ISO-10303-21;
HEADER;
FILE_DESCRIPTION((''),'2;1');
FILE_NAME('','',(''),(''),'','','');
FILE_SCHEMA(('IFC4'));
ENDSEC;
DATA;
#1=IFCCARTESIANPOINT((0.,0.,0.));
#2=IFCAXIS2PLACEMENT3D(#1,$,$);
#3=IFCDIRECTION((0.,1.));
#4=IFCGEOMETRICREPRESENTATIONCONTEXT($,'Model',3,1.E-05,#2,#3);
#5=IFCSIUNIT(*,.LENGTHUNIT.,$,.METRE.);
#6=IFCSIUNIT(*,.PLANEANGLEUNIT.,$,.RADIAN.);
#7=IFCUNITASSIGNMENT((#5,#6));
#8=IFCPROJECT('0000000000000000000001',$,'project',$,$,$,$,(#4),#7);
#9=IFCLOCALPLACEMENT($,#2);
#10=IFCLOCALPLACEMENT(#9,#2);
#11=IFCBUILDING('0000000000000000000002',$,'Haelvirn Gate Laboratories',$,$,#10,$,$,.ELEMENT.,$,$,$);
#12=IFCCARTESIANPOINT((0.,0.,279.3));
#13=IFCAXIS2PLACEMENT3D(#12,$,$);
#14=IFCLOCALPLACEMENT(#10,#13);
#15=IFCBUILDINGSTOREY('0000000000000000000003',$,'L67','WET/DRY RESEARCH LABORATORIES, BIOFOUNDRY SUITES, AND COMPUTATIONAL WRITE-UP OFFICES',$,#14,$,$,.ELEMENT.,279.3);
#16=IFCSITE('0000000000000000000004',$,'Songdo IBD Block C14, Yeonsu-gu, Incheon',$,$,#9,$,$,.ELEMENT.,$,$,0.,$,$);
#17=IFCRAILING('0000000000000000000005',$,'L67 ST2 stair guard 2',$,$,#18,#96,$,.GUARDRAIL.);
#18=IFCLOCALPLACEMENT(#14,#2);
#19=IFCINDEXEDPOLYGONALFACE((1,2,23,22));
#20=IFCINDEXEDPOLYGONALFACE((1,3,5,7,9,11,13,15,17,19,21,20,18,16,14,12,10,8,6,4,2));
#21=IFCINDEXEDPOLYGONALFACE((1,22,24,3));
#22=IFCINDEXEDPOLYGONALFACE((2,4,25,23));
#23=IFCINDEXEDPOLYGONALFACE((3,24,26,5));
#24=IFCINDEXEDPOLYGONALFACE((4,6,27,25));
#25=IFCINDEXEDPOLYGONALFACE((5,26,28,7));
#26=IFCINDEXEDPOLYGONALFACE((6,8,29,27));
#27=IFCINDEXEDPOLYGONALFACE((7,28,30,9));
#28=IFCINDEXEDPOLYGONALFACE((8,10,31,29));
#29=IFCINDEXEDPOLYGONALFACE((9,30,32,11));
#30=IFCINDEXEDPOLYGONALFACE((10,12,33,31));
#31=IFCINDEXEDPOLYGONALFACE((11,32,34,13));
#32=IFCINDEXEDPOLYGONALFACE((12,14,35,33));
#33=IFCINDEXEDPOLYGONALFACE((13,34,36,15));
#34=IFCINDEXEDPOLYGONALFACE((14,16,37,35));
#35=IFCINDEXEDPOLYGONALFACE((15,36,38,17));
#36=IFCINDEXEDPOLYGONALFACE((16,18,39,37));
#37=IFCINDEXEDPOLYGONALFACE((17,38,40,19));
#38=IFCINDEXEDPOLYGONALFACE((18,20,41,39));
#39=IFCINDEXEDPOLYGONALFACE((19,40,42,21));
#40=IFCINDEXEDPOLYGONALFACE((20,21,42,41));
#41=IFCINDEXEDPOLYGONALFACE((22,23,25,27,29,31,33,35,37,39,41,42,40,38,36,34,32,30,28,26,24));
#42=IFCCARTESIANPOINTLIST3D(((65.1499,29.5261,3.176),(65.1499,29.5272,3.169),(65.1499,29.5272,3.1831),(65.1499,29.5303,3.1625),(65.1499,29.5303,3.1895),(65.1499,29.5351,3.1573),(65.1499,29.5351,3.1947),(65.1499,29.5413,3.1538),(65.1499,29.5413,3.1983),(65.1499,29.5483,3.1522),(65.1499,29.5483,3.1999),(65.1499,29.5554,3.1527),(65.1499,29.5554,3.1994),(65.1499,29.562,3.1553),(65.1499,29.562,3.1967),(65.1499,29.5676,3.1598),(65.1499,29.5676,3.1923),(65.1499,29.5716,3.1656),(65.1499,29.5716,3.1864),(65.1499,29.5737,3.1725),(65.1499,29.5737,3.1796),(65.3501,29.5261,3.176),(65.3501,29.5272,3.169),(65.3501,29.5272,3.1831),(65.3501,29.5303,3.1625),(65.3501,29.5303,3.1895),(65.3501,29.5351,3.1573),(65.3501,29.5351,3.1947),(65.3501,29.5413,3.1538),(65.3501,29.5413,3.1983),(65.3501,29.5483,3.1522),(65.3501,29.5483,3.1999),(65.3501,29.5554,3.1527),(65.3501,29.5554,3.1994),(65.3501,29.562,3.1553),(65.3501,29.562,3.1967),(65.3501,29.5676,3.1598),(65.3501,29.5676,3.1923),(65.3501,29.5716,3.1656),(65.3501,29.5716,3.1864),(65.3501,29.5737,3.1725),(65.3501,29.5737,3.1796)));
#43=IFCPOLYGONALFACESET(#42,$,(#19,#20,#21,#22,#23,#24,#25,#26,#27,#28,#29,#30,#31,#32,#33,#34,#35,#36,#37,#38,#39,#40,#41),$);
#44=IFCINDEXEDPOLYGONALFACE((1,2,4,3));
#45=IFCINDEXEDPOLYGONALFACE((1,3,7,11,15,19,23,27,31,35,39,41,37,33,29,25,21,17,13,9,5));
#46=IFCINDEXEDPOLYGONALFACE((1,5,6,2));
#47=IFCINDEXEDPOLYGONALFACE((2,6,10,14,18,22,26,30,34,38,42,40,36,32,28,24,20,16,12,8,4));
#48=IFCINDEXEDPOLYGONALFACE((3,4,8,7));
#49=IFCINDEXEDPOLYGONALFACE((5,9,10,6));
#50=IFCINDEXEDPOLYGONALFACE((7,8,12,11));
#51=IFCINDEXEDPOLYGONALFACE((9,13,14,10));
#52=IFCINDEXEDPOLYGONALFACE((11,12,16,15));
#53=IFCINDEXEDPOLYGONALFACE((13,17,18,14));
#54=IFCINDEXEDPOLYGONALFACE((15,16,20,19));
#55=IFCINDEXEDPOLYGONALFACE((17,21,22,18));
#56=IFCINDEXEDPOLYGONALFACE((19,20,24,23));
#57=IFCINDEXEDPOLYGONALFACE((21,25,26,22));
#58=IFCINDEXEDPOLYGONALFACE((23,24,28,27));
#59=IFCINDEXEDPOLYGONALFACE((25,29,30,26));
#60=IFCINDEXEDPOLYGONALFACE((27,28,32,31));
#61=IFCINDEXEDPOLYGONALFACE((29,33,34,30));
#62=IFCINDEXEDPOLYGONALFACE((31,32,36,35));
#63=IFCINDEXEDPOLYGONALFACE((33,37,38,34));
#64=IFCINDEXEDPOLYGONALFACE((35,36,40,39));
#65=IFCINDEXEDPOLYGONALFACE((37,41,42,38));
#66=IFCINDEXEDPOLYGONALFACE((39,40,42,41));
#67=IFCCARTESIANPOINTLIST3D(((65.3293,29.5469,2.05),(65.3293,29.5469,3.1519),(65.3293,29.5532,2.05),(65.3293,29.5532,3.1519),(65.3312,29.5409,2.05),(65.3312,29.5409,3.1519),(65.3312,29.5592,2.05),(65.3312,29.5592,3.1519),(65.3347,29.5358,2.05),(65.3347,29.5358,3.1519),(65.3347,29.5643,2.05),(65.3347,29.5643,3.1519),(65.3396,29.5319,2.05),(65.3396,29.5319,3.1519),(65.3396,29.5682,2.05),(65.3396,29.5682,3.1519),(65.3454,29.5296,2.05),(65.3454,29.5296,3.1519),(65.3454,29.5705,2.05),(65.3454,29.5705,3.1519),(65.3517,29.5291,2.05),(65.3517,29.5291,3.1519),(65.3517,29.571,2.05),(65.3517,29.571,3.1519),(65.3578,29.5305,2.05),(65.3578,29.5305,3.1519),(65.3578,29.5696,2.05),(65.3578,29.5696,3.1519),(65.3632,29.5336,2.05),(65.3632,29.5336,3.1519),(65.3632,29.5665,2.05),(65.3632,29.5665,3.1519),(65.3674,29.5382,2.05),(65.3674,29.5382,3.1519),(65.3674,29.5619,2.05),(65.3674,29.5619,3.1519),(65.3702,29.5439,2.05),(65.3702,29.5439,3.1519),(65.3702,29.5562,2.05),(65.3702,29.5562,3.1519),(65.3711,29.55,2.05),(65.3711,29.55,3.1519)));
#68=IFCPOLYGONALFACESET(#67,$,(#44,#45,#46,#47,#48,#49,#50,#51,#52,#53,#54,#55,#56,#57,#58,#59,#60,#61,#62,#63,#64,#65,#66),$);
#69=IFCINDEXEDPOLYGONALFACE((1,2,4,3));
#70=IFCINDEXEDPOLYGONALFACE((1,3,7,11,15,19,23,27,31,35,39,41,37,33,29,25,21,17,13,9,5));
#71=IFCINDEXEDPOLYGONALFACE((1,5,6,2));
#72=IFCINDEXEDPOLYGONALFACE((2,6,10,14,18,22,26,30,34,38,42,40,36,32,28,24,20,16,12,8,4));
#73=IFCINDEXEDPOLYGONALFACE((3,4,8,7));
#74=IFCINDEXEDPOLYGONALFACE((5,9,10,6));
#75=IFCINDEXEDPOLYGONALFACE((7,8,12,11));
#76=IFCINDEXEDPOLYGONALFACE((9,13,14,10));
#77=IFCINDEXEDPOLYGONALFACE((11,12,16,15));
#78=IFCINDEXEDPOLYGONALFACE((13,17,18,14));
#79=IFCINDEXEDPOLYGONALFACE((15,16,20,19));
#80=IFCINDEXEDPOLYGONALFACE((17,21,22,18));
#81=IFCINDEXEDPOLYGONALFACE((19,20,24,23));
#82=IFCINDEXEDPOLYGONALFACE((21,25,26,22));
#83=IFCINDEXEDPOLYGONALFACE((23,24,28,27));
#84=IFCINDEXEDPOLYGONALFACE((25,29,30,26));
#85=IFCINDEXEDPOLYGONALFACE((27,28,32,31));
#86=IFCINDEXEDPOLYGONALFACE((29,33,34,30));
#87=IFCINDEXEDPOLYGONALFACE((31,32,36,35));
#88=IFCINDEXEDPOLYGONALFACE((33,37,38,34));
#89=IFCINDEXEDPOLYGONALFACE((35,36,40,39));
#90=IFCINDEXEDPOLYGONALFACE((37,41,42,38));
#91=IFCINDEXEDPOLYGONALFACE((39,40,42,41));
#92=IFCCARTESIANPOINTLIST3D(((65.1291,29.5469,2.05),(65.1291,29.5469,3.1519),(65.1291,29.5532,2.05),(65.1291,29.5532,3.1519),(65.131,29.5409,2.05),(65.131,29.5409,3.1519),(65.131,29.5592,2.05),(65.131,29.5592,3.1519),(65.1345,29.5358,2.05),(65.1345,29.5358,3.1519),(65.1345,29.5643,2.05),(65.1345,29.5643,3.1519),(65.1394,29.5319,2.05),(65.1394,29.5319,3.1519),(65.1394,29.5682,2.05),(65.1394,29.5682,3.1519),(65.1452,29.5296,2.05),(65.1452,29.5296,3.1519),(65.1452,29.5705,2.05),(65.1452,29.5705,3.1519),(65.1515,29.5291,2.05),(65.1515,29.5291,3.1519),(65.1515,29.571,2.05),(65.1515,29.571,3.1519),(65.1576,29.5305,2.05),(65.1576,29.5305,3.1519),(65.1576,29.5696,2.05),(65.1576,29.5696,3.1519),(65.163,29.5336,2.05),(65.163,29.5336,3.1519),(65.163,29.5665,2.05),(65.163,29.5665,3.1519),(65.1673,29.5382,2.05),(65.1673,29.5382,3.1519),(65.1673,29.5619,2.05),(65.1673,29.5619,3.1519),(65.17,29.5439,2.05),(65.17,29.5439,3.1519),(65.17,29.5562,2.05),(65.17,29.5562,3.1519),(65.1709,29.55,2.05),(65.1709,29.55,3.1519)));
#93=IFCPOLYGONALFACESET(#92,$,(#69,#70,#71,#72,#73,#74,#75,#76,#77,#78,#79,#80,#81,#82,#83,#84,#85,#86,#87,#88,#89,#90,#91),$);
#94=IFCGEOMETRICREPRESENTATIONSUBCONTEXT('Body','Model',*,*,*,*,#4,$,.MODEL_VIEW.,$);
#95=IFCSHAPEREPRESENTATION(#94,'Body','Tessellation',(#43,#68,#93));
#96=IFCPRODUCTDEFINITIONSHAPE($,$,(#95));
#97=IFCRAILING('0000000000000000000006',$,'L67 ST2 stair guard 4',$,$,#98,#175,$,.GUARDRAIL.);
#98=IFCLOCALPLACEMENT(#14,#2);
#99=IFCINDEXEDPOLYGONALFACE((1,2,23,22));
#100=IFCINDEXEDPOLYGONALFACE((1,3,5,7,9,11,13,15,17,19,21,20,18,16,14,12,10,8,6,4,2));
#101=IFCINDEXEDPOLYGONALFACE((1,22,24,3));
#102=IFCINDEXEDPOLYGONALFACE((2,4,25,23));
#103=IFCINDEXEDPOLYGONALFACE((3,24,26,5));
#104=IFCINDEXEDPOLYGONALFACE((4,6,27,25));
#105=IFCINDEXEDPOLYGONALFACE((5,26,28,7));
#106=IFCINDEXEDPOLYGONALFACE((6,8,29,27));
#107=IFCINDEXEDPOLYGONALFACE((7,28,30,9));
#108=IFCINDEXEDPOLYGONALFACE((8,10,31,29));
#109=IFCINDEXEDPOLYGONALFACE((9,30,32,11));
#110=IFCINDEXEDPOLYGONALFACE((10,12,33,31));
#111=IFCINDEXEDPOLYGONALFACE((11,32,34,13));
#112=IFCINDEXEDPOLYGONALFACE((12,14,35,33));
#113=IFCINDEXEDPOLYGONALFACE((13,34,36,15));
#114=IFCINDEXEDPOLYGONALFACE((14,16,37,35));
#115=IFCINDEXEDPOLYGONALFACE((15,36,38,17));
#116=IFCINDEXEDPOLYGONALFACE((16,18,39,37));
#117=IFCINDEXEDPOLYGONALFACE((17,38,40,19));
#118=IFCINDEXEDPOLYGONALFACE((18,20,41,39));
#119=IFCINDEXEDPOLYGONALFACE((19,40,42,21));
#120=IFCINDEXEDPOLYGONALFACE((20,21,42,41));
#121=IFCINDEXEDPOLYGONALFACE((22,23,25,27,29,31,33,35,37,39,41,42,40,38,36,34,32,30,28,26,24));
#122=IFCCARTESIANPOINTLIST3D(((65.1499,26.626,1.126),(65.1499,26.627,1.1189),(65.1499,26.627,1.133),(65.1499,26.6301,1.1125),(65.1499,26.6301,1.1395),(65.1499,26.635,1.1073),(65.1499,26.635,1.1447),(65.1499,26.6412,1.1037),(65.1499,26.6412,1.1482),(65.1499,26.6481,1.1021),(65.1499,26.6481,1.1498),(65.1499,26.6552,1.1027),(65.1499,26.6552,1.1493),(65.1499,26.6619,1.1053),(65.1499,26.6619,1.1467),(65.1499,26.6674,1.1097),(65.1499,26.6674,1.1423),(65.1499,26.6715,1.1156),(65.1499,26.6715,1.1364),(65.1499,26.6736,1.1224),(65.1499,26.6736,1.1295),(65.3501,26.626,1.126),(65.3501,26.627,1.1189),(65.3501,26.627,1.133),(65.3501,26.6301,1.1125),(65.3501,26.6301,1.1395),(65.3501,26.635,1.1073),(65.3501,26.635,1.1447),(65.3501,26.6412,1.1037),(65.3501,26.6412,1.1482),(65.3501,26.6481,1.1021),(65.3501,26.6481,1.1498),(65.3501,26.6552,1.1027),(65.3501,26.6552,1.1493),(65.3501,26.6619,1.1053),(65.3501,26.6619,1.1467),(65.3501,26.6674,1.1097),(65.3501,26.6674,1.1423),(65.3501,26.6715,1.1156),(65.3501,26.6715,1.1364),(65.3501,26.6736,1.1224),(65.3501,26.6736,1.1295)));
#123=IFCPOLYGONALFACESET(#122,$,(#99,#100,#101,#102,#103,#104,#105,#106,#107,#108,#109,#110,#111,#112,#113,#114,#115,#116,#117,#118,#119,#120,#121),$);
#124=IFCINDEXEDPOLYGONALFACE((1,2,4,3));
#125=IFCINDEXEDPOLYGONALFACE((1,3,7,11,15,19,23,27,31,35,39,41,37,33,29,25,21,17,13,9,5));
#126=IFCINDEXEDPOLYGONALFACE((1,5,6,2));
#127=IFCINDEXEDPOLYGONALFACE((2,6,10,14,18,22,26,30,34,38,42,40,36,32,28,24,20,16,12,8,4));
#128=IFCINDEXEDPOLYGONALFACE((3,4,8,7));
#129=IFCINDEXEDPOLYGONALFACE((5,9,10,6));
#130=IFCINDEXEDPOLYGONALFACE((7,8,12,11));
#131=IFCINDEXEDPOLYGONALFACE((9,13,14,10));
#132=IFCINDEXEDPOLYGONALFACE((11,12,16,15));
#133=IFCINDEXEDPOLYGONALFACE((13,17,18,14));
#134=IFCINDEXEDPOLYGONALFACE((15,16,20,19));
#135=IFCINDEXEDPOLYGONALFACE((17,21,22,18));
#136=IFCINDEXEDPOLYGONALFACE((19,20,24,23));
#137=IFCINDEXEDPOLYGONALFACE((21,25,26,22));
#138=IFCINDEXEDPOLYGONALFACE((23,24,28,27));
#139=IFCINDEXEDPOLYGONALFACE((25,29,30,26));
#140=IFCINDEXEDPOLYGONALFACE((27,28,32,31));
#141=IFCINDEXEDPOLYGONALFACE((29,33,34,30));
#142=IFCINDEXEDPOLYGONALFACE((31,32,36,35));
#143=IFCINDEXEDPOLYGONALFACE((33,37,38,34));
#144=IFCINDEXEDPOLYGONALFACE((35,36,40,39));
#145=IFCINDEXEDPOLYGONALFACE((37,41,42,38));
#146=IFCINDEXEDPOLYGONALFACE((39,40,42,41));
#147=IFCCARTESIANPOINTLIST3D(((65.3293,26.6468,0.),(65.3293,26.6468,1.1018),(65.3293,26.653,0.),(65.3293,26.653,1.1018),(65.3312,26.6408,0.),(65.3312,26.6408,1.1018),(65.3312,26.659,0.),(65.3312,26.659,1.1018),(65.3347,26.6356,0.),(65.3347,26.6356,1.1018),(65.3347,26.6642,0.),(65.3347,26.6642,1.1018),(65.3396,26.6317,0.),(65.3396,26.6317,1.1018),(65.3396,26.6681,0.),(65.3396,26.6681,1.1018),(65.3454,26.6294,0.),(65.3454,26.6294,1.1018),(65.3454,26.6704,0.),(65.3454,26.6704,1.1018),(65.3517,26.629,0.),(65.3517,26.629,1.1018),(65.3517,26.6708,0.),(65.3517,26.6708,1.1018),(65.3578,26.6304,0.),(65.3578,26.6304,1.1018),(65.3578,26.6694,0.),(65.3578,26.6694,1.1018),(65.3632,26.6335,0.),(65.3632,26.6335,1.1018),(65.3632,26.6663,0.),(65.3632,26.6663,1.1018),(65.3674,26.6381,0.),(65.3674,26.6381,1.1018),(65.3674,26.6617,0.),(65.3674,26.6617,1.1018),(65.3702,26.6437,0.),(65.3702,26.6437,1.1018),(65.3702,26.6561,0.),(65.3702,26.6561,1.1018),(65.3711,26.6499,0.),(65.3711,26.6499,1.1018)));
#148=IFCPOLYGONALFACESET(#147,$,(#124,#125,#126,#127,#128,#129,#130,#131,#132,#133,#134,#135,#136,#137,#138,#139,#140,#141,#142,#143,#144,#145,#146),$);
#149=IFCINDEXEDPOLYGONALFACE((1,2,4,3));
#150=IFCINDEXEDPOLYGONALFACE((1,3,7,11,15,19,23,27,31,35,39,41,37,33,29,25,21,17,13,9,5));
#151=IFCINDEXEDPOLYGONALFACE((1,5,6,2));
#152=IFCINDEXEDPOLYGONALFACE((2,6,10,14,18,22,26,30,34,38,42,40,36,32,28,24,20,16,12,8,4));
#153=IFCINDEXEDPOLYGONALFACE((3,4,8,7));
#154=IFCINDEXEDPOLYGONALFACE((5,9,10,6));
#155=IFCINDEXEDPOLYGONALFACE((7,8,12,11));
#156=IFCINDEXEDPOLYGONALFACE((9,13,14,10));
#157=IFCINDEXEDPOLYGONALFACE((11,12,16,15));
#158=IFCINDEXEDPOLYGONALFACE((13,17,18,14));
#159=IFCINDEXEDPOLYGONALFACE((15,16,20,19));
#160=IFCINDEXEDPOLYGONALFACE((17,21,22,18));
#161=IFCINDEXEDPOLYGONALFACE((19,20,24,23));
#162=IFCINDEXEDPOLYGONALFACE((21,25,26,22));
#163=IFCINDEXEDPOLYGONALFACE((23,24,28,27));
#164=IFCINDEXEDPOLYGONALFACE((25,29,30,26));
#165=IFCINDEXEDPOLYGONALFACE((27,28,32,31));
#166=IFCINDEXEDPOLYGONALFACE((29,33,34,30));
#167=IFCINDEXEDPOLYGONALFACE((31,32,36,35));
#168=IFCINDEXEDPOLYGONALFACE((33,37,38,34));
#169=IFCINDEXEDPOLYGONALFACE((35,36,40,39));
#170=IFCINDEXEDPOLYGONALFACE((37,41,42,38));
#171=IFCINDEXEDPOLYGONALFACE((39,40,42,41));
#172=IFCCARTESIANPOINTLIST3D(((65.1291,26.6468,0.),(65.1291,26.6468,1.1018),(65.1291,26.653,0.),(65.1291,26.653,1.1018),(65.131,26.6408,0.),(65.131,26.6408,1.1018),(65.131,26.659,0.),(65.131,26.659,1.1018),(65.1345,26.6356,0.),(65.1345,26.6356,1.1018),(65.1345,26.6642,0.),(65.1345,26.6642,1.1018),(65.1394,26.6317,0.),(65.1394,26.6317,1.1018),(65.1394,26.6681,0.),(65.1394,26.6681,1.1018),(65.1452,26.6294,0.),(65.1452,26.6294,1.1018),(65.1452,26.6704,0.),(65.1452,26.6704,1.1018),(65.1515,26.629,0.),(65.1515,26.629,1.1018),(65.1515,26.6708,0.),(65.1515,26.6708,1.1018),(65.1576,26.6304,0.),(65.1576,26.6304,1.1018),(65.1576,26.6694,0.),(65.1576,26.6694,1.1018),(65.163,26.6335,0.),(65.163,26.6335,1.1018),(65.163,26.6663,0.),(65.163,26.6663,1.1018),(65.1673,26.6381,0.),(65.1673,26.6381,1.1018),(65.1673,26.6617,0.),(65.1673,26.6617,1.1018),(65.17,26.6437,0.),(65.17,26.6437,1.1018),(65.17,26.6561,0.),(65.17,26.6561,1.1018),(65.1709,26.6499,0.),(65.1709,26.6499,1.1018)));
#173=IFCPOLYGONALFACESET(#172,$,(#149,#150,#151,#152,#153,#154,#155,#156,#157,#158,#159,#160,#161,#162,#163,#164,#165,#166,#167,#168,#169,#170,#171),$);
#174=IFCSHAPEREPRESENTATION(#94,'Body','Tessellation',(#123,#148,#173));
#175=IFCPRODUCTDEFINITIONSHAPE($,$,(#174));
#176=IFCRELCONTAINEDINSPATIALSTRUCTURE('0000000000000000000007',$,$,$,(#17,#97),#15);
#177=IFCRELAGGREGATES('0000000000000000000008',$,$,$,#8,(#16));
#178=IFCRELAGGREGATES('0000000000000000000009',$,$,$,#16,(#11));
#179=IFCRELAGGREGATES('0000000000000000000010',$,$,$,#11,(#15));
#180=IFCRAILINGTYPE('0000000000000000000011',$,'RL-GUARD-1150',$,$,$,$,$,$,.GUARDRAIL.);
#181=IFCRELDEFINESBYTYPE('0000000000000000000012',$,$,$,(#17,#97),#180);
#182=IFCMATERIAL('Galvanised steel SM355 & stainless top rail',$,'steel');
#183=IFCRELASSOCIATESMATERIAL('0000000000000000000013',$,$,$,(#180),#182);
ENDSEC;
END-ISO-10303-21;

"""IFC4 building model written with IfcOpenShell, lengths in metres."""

from ifc_helpers import new_model, si_unit, direction, frame, origin, origin_2d, place, context, subcontext, project, spatial, circle, extrude, source, transform, mapped, material, type_object, element, save


model = new_model("IFC4")

# Units and contexts
model_context = context("Model", 3, precision=1e-05, world=origin(), true_north=direction((0.0, 1.0)))
body_context = subcontext(model_context, "Body", "Model", "MODEL_VIEW")
ifc_project = project(units=[si_unit("LENGTHUNIT", "METRE"), si_unit("PLANEANGLEUNIT", "RADIAN")], contexts=[model_context])

# Site, building, storey
site_placement = place(None, origin())
site = spatial("IfcSite", under=ifc_project, at=site_placement, Name="Songdo IBD Block C14, Yeonsu-gu, Incheon", CompositionType="ELEMENT", RefElevation=0.0)
building_placement = place(site_placement, origin())
building = spatial("IfcBuilding", under=site, at=building_placement, Name="Haelvirn Gate Laboratories", CompositionType="ELEMENT")
storey_placement = place(building_placement, frame((0.0, 0.0, 279.3)))
storey = spatial("IfcBuildingStorey", under=building, at=storey_placement, Name="L67", Description="WET/DRY RESEARCH LABORATORIES, BIOFOUNDRY SUITES, AND COMPUTATIONAL WRITE-UP OFFICES", CompositionType="ELEMENT", Elevation=279.3)

# Railings
ifc_material_1 = material(Name="Galvanised steel SM355 & stainless top rail", Category="steel")
railing_type_1 = type_object("IfcRailingType", Name="RL-GUARD-1150", PredefinedType="GUARDRAIL", material=ifc_material_1)
shared_shape_1 = source(origin(), body_context, "Body", "SweptSolid", [
    extrude(circle(Radius=0.0239, at=origin_2d()), frame((0.0, 0.0, 1.126), z_axis=(-1.0, 0.0, 0.0), x_axis=(0.0, -1.0, 0.0)), (0.0, 0.0, 1.0), 0.2002),
    extrude(circle(Radius=0.021, at=origin_2d()), origin(), (0.0, 0.0, 1.0), 1.1018),
    extrude(circle(Radius=0.021, at=origin_2d()), frame((-0.2002, 0.0, 0.0)), (0.0, 0.0, 1.0), 1.1018),
])
for number, where, name in (
    (1, (65.3501, 29.55, 2.05), "L67 ST2 stair guard 2"),
    (2, (65.3501, 26.6499, 0.0), "L67 ST2 stair guard 4"),
):
    element("IfcRailing", number, at=place(storey_placement, frame(where)), inside=storey, type_object=railing_type_1, Name=name, PredefinedType="GUARDRAIL", context=body_context, shape_type="MappedRepresentation", body=[
        mapped(shared_shape_1, transform((0.0, 0.0, 0.0), scale=1.0)),
    ])

save(model, "model.ifc")
